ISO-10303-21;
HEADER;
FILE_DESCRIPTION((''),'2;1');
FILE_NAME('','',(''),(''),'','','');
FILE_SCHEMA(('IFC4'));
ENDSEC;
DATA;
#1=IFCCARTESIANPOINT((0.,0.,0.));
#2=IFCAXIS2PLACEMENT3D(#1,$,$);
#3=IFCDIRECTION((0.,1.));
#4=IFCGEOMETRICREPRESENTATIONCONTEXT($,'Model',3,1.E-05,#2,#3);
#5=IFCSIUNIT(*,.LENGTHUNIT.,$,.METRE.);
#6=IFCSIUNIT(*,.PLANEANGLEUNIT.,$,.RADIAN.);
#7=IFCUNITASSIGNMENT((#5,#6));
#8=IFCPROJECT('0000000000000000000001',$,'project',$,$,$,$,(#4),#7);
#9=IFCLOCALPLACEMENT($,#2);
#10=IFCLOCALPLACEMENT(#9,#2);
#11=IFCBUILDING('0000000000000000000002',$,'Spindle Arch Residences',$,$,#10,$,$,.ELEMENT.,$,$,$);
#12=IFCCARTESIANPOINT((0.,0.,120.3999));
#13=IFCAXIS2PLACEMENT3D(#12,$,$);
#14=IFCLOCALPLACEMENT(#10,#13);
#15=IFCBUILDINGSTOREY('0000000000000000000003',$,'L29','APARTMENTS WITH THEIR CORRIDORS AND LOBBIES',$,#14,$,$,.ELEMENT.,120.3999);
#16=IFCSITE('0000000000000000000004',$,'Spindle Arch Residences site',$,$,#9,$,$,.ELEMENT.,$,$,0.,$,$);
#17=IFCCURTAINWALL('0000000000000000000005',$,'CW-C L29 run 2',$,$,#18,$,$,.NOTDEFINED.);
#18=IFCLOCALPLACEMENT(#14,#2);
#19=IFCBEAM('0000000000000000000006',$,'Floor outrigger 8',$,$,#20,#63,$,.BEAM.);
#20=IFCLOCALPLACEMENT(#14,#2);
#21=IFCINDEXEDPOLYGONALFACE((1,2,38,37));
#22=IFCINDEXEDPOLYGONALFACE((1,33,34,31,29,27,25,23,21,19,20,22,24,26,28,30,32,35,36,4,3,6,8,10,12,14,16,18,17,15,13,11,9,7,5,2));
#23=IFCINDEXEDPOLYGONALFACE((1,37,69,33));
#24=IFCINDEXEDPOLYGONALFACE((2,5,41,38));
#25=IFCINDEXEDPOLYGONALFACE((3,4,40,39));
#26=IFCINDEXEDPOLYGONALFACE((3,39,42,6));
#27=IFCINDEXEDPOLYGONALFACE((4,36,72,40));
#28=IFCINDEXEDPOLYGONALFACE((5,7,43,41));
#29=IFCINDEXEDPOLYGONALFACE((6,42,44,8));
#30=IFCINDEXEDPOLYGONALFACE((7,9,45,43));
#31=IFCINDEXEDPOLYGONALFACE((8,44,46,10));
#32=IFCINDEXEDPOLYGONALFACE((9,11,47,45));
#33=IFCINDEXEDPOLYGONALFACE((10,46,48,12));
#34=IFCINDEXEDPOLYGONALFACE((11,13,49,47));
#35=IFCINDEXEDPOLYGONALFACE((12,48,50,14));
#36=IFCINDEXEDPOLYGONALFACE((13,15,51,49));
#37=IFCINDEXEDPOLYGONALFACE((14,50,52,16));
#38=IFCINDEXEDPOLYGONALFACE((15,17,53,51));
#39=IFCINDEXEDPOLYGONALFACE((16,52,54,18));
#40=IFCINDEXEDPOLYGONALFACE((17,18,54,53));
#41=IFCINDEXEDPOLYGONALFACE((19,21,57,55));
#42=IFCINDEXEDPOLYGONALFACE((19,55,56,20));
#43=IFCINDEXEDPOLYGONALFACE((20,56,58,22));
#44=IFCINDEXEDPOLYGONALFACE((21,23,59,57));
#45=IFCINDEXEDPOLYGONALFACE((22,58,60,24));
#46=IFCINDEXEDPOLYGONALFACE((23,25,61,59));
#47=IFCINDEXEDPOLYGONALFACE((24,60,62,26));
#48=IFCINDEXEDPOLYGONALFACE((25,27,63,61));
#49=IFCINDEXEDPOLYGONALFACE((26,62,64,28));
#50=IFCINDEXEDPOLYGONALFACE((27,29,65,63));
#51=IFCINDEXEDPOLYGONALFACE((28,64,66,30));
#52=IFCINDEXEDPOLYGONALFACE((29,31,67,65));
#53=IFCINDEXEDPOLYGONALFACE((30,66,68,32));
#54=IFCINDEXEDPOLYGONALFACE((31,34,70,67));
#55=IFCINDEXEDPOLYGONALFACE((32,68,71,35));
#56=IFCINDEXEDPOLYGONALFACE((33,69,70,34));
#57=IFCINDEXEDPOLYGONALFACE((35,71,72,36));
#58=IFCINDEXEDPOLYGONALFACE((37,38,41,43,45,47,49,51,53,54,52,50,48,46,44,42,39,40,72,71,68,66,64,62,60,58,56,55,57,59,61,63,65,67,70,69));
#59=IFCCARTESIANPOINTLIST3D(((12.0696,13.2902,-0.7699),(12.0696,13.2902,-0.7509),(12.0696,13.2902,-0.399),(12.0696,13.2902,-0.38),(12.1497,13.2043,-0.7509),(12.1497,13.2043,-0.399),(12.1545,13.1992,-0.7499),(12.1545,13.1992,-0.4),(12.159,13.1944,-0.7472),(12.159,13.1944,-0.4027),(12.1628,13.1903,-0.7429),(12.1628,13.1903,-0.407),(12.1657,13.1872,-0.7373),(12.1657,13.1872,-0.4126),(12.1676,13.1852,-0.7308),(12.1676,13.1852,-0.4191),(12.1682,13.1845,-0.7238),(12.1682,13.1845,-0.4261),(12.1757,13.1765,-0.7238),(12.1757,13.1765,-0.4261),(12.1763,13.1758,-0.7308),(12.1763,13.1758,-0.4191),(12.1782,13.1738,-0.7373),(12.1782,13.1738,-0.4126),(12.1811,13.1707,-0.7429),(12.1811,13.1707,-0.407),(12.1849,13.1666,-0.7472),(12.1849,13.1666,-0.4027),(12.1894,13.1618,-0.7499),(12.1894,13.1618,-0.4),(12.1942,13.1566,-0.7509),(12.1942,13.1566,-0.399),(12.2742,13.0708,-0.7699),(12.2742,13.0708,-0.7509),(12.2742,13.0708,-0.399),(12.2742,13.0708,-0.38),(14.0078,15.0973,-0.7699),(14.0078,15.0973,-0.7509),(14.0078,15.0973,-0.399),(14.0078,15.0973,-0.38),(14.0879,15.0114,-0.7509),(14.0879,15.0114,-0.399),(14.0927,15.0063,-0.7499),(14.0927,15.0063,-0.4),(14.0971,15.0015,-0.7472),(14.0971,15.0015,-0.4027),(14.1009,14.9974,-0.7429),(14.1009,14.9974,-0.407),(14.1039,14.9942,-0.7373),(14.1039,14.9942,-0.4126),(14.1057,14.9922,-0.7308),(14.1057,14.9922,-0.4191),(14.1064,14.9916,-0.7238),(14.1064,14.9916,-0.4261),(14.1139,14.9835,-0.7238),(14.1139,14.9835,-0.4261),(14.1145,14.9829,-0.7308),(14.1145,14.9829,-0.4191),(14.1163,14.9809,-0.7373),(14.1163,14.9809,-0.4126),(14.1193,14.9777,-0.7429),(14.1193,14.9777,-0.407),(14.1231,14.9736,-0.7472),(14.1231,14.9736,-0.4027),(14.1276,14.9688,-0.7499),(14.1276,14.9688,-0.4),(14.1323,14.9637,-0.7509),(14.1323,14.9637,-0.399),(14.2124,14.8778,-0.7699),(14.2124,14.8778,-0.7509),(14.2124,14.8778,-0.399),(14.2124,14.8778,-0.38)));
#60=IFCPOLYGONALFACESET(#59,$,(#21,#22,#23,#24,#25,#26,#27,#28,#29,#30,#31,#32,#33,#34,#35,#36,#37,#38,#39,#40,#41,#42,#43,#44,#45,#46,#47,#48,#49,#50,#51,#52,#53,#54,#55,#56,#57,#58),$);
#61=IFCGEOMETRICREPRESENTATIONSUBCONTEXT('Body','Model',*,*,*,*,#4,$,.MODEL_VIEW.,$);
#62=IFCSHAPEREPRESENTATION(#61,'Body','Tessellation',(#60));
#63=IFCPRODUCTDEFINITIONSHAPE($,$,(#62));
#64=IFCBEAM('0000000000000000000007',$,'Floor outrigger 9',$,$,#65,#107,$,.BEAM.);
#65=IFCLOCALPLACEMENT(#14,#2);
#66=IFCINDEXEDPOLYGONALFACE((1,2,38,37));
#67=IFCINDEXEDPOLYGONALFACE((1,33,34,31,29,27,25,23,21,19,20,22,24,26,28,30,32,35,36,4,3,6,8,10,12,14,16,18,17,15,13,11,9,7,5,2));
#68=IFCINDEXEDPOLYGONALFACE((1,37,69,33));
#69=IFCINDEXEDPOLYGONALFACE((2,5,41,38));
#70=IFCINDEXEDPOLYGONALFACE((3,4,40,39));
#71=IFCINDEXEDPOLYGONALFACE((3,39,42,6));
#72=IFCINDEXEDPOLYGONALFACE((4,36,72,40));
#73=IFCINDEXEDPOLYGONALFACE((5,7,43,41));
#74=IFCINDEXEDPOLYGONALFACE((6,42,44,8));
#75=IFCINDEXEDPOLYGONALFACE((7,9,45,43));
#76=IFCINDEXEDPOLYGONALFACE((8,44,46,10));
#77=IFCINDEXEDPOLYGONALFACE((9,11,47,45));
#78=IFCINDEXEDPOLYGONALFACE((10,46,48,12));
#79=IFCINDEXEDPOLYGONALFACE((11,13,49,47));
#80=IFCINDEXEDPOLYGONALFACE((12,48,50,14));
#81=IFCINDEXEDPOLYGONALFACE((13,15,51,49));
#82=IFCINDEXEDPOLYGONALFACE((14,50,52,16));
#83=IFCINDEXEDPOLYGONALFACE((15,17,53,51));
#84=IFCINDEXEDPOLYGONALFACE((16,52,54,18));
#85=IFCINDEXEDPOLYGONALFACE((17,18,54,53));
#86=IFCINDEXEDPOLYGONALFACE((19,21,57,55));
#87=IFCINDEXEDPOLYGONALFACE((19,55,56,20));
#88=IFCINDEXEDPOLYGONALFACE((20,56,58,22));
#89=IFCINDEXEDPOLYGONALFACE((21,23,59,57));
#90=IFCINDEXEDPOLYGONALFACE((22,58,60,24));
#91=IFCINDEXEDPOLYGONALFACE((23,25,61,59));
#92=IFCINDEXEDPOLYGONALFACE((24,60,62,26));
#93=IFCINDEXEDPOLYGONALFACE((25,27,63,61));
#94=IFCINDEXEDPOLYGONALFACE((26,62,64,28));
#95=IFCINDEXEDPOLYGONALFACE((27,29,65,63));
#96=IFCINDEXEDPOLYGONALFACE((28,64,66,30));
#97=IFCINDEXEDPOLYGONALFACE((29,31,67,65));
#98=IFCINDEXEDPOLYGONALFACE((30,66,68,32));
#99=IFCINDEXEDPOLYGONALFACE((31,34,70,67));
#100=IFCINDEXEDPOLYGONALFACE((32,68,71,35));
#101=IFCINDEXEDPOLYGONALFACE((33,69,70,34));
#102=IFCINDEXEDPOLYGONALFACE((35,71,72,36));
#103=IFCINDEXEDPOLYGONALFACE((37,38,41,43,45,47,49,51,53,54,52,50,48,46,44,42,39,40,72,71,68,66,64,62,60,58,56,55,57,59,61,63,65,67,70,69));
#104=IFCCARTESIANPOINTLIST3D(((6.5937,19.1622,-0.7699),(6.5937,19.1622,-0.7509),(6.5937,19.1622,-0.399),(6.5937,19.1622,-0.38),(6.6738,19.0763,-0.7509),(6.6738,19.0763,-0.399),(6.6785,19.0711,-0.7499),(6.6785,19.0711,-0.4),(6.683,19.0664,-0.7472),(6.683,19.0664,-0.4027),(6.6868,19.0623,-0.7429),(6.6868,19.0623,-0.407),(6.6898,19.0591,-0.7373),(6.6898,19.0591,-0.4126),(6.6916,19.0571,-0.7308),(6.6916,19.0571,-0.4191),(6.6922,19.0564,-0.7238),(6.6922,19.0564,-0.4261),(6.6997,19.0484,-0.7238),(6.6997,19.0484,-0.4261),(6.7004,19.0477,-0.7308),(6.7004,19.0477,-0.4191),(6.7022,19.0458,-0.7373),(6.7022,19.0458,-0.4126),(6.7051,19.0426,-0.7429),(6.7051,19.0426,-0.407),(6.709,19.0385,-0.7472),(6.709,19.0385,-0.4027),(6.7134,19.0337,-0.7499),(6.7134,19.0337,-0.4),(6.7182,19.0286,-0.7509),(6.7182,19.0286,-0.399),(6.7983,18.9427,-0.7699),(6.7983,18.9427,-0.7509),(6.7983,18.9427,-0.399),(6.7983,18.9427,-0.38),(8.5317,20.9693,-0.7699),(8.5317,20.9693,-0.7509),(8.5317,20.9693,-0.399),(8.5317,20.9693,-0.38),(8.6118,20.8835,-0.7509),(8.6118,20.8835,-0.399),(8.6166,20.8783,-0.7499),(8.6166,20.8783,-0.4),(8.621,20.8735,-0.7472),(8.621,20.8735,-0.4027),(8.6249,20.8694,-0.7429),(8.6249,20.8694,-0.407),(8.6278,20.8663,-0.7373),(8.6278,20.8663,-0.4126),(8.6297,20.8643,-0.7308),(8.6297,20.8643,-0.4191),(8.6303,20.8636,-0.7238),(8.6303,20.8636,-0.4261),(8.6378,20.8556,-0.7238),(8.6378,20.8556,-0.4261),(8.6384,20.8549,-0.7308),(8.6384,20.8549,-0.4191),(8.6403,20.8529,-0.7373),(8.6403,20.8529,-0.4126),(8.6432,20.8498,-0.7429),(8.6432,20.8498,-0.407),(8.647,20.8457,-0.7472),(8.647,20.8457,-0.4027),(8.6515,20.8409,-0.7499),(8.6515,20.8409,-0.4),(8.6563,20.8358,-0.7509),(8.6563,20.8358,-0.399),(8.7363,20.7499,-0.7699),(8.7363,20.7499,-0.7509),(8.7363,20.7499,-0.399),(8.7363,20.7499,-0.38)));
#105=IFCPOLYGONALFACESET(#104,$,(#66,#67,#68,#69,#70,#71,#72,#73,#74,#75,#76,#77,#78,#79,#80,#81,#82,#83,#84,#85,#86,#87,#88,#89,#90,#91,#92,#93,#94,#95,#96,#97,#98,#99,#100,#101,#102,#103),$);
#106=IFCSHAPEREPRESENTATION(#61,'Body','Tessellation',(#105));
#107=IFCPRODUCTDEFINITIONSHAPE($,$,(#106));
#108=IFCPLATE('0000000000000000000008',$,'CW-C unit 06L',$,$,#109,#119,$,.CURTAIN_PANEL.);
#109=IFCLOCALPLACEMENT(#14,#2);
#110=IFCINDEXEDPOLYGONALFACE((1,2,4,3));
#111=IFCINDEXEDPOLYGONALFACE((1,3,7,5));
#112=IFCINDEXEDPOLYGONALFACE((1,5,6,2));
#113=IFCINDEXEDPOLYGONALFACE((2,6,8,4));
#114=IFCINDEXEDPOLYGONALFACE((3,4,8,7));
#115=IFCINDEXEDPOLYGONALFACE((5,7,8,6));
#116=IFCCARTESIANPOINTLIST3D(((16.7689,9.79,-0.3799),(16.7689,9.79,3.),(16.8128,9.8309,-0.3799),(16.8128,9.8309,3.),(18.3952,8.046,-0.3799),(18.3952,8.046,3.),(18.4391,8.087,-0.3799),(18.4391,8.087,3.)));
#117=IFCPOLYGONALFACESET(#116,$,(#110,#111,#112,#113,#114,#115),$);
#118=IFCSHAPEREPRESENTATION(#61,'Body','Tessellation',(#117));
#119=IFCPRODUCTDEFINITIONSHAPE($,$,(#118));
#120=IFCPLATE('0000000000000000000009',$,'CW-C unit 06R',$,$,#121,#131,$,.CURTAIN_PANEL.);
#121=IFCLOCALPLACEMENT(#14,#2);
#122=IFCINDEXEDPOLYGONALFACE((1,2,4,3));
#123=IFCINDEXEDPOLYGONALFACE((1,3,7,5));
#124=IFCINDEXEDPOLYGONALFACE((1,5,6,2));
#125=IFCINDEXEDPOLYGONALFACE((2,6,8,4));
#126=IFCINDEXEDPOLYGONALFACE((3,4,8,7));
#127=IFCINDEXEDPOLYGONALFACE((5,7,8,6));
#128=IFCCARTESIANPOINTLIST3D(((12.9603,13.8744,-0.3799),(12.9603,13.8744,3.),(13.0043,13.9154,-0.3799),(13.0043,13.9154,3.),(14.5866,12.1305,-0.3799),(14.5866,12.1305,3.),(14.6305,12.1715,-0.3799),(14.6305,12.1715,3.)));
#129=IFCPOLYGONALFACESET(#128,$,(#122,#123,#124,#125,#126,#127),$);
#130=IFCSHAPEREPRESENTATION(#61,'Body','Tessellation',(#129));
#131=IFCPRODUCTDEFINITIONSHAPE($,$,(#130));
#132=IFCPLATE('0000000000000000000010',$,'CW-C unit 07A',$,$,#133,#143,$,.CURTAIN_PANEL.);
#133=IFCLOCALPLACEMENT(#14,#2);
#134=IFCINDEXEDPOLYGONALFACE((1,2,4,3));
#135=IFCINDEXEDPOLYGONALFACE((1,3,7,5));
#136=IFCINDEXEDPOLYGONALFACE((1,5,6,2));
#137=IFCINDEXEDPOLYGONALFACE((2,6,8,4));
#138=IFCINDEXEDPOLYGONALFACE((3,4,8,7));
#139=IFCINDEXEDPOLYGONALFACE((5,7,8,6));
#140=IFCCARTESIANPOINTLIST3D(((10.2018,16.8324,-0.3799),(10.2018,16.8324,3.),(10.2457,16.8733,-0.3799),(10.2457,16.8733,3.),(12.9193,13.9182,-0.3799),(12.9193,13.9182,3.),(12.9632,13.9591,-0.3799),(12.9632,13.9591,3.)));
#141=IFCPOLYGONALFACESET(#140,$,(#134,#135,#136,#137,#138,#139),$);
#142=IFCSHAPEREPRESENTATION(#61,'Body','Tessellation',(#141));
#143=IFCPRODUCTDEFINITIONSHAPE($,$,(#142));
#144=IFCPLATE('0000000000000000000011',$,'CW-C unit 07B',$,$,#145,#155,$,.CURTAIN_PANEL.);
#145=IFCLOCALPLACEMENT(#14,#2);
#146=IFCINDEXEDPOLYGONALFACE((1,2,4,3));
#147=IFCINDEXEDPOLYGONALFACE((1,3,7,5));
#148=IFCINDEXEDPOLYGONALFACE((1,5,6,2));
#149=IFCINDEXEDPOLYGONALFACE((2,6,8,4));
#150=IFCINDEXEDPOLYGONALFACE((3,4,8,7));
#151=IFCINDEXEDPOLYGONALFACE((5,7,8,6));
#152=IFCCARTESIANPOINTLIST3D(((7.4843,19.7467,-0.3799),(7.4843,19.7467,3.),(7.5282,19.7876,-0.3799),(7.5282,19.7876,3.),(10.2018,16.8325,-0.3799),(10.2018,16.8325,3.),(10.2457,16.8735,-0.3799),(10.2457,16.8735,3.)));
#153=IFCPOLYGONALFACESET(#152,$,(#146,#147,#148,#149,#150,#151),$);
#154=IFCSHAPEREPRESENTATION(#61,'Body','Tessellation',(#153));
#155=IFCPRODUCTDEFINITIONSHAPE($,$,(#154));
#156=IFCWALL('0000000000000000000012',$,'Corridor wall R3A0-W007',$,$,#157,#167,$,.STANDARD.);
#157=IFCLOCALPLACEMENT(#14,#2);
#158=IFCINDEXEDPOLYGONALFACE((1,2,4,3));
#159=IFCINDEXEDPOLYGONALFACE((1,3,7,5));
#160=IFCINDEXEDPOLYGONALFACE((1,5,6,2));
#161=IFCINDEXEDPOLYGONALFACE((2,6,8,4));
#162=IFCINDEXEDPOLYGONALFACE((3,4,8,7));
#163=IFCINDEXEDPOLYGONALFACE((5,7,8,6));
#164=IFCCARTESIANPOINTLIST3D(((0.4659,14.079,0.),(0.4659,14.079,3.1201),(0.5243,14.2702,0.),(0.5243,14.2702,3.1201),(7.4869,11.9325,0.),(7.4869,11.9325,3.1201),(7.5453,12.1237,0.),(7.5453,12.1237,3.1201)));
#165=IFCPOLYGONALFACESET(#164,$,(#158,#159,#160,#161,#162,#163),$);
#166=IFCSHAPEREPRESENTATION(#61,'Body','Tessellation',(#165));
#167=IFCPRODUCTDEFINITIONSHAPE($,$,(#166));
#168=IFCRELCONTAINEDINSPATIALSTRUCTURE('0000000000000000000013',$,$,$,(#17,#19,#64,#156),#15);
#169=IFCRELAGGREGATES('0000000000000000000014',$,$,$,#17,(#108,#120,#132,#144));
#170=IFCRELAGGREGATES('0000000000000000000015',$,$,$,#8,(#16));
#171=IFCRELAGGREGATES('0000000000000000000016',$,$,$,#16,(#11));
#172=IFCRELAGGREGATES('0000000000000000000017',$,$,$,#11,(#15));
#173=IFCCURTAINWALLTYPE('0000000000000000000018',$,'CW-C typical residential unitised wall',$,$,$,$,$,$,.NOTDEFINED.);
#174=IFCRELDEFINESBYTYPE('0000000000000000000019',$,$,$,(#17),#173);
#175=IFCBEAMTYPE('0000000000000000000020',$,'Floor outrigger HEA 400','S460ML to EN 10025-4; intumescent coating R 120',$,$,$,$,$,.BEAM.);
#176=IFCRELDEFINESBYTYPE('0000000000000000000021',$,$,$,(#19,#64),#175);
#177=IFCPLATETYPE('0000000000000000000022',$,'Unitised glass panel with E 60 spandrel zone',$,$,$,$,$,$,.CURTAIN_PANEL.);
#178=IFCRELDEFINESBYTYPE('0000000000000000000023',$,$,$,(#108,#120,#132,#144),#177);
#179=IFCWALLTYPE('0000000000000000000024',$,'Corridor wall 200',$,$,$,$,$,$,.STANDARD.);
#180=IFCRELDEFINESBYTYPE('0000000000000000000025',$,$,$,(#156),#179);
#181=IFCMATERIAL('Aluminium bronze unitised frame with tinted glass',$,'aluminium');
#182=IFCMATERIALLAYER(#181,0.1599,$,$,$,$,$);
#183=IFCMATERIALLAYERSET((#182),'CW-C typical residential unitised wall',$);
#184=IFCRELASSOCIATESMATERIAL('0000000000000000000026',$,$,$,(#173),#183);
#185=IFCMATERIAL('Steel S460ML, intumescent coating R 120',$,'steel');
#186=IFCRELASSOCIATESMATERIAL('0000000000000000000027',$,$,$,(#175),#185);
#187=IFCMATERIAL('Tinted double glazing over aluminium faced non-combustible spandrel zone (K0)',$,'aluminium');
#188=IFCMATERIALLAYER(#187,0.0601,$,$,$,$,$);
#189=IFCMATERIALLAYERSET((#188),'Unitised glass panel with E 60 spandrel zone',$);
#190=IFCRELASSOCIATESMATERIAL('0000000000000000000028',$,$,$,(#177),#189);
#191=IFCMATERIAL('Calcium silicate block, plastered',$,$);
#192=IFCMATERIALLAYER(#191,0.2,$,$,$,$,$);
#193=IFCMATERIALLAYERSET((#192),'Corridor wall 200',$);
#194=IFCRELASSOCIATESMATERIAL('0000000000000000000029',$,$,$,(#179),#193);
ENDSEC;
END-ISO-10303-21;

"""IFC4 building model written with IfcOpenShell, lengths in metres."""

from ifc_helpers import new_model, si_unit, direction, frame, frame_2d, origin, origin_2d, place, context, subcontext, project, spatial, rectangle, i_section, extrude, material, layer, layer_set, material_profile, profile_set, type_object, element, aggregate, save


model = new_model("IFC4")

# Units and contexts
model_context = context("Model", 3, precision=1e-05, world=origin(), true_north=direction((0.0, 1.0)))
body_context = subcontext(model_context, "Body", "Model", "MODEL_VIEW")
ifc_project = project(units=[si_unit("LENGTHUNIT", "METRE"), si_unit("PLANEANGLEUNIT", "RADIAN")], contexts=[model_context])

# Site, building, storey
site_placement = place(None, origin())
site = spatial("IfcSite", under=ifc_project, at=site_placement, Name="Spindle Arch Residences site", CompositionType="ELEMENT", RefElevation=0.0)
building_placement = place(site_placement, origin())
building = spatial("IfcBuilding", under=site, at=building_placement, Name="Spindle Arch Residences", CompositionType="ELEMENT")
storey_placement = place(building_placement, frame((0.0, 0.0, 120.3999)))
storey = spatial("IfcBuildingStorey", under=building, at=storey_placement, Name="L29", Description="APARTMENTS WITH THEIR CORRIDORS AND LOBBIES", CompositionType="ELEMENT", Elevation=120.3999)

# Curtain wall
ifc_material_1 = material(Name="Aluminium bronze unitised frame with tinted glass", Category="aluminium")
ifc_layer_1 = layer(ifc_material_1, 0.1599)
ifc_layer_set_1 = layer_set([ifc_layer_1], Name="CW-C typical residential unitised wall")
curtain_wall_type = type_object("IfcCurtainWallType", Name="CW-C typical residential unitised wall", PredefinedType="NOTDEFINED", material=ifc_layer_set_1)
curtain_wall_placement = place(storey_placement, origin())
curtain_wall = element("IfcCurtainWall", 1, at=curtain_wall_placement, inside=storey, type_object=curtain_wall_type, Name="CW-C L29 run 2", PredefinedType="NOTDEFINED")

# Beams
ifc_material_2 = material(Name="Steel S460ML, intumescent coating R 120", Category="steel")
ifc_material_profile_1 = material_profile(ifc_material_2, i_section(OverallWidth=0.3, OverallDepth=0.3899, WebThickness=0.011, FlangeThickness=0.019, FilletRadius=0.0271, at=origin_2d()), Name="HEA 400")
ifc_profile_set_1 = profile_set([ifc_material_profile_1], Name="Steel S460ML, intumescent coating R 120")
beam_type_1 = type_object("IfcBeamType", Name="Floor outrigger HEA 400", Description="S460ML to EN 10025-4; intumescent coating R 120", PredefinedType="BEAM", material=ifc_profile_set_1)
for number, where, z_axis, x_axis, name in (
    (2, (14.1101, 14.9875, -0.575), (-0.731411, -0.681937, 0.0), (0.681937, -0.731411, 0.0), "Floor outrigger 8"),
    (3, (8.634, 20.8596, -0.575), (-0.731368, -0.681983, 0.0), (0.681983, -0.731368, 0.0), "Floor outrigger 9"),
):
    element("IfcBeam", number, at=place(storey_placement, frame(where, z_axis=z_axis, x_axis=x_axis)), inside=storey, type_object=beam_type_1, Name=name, PredefinedType="BEAM", context=body_context, shape_type="SweptSolid", body=[
        extrude(i_section(OverallWidth=0.3, OverallDepth=0.3899, WebThickness=0.011, FlangeThickness=0.019, FilletRadius=0.0271, at=origin_2d()), origin(), (0.0, 0.0, 1.0), 2.6499),
    ])

# Plates
ifc_material_3 = material(Name="Tinted double glazing over aluminium faced non-combustible spandrel zone (K0)", Category="aluminium")
ifc_layer_2 = layer(ifc_material_3, 0.0601)
ifc_layer_set_2 = layer_set([ifc_layer_2], Name="Unitised glass panel with E 60 spandrel zone")
plate_type = type_object("IfcPlateType", Name="Unitised glass panel with E 60 spandrel zone", PredefinedType="CURTAIN_PANEL", material=ifc_layer_set_2)
plate_1_placement = place(storey_placement, frame((17.604, 8.9385, -0.3799), z_axis=(0.0, 0.0, 1.0), x_axis=(-0.681998, 0.731354, 0.0)))
plate_1 = element("IfcPlate", 4, at=plate_1_placement, type_object=plate_type, Name="CW-C unit 06L", PredefinedType="CURTAIN_PANEL", context=body_context, shape_type="SweptSolid", body=[
    extrude(rectangle(XDim=2.3845, YDim=0.0601, at=origin_2d()), origin(), (0.0, 0.0, 1.0), 3.3799),
])
plate_2_placement = place(storey_placement, frame((13.7954, 13.0229, -0.3799), z_axis=(0.0, 0.0, 1.0), x_axis=(-0.681998, 0.731354, 0.0)))
plate_2 = element("IfcPlate", 5, at=plate_2_placement, type_object=plate_type, Name="CW-C unit 06R", PredefinedType="CURTAIN_PANEL", context=body_context, shape_type="SweptSolid", body=[
    extrude(rectangle(XDim=2.3845, YDim=0.0601, at=origin_2d()), origin(), (0.0, 0.0, 1.0), 3.3799),
])
plate_3_placement = place(storey_placement, frame((11.5825, 15.3958, -0.3799), z_axis=(0.0, 0.0, 1.0), x_axis=(-0.681998, 0.731354, 0.0)))
plate_3 = element("IfcPlate", 6, at=plate_3_placement, type_object=plate_type, Name="CW-C unit 07A", PredefinedType="CURTAIN_PANEL", context=body_context, shape_type="SweptSolid", body=[
    extrude(rectangle(XDim=3.9846, YDim=0.0601, at=origin_2d()), origin(), (0.0, 0.0, 1.0), 3.3799),
])
plate_4_placement = place(storey_placement, frame((8.865, 18.3101, -0.3799), z_axis=(0.0, 0.0, 1.0), x_axis=(-0.681998, 0.731354, 0.0)))
plate_4 = element("IfcPlate", 7, at=plate_4_placement, type_object=plate_type, Name="CW-C unit 07B", PredefinedType="CURTAIN_PANEL", context=body_context, shape_type="SweptSolid", body=[
    extrude(rectangle(XDim=3.9846, YDim=0.0601, at=origin_2d()), origin(), (0.0, 0.0, 1.0), 3.3799),
])
aggregate(curtain_wall, [plate_1, plate_2, plate_3, plate_4])

# Wall
ifc_material_4 = material(Name="Calcium silicate block, plastered")
ifc_layer_3 = layer(ifc_material_4, 0.2)
ifc_layer_set_3 = layer_set([ifc_layer_3], Name="Corridor wall 200")
wall_type_1 = type_object("IfcWallType", Name="Corridor wall 200", PredefinedType="STANDARD", material=ifc_layer_set_3)
wall_1_placement = place(storey_placement, frame((7.5161, 12.0281, 0.0), z_axis=(0.0, 0.0, 1.0), x_axis=(-0.956307, 0.292366, 0.0)))
element("IfcWall", 8, at=wall_1_placement, inside=storey, type_object=wall_type_1, Name="Corridor wall R3A0-W007", PredefinedType="STANDARD", context=body_context, shape_type="SweptSolid", body=[
    extrude(rectangle(XDim=7.3418, YDim=0.2, at=frame_2d((3.6709, 0.0))), origin(), (0.0, 0.0, 1.0), 3.1201),
])

save(model, "model.ifc")
